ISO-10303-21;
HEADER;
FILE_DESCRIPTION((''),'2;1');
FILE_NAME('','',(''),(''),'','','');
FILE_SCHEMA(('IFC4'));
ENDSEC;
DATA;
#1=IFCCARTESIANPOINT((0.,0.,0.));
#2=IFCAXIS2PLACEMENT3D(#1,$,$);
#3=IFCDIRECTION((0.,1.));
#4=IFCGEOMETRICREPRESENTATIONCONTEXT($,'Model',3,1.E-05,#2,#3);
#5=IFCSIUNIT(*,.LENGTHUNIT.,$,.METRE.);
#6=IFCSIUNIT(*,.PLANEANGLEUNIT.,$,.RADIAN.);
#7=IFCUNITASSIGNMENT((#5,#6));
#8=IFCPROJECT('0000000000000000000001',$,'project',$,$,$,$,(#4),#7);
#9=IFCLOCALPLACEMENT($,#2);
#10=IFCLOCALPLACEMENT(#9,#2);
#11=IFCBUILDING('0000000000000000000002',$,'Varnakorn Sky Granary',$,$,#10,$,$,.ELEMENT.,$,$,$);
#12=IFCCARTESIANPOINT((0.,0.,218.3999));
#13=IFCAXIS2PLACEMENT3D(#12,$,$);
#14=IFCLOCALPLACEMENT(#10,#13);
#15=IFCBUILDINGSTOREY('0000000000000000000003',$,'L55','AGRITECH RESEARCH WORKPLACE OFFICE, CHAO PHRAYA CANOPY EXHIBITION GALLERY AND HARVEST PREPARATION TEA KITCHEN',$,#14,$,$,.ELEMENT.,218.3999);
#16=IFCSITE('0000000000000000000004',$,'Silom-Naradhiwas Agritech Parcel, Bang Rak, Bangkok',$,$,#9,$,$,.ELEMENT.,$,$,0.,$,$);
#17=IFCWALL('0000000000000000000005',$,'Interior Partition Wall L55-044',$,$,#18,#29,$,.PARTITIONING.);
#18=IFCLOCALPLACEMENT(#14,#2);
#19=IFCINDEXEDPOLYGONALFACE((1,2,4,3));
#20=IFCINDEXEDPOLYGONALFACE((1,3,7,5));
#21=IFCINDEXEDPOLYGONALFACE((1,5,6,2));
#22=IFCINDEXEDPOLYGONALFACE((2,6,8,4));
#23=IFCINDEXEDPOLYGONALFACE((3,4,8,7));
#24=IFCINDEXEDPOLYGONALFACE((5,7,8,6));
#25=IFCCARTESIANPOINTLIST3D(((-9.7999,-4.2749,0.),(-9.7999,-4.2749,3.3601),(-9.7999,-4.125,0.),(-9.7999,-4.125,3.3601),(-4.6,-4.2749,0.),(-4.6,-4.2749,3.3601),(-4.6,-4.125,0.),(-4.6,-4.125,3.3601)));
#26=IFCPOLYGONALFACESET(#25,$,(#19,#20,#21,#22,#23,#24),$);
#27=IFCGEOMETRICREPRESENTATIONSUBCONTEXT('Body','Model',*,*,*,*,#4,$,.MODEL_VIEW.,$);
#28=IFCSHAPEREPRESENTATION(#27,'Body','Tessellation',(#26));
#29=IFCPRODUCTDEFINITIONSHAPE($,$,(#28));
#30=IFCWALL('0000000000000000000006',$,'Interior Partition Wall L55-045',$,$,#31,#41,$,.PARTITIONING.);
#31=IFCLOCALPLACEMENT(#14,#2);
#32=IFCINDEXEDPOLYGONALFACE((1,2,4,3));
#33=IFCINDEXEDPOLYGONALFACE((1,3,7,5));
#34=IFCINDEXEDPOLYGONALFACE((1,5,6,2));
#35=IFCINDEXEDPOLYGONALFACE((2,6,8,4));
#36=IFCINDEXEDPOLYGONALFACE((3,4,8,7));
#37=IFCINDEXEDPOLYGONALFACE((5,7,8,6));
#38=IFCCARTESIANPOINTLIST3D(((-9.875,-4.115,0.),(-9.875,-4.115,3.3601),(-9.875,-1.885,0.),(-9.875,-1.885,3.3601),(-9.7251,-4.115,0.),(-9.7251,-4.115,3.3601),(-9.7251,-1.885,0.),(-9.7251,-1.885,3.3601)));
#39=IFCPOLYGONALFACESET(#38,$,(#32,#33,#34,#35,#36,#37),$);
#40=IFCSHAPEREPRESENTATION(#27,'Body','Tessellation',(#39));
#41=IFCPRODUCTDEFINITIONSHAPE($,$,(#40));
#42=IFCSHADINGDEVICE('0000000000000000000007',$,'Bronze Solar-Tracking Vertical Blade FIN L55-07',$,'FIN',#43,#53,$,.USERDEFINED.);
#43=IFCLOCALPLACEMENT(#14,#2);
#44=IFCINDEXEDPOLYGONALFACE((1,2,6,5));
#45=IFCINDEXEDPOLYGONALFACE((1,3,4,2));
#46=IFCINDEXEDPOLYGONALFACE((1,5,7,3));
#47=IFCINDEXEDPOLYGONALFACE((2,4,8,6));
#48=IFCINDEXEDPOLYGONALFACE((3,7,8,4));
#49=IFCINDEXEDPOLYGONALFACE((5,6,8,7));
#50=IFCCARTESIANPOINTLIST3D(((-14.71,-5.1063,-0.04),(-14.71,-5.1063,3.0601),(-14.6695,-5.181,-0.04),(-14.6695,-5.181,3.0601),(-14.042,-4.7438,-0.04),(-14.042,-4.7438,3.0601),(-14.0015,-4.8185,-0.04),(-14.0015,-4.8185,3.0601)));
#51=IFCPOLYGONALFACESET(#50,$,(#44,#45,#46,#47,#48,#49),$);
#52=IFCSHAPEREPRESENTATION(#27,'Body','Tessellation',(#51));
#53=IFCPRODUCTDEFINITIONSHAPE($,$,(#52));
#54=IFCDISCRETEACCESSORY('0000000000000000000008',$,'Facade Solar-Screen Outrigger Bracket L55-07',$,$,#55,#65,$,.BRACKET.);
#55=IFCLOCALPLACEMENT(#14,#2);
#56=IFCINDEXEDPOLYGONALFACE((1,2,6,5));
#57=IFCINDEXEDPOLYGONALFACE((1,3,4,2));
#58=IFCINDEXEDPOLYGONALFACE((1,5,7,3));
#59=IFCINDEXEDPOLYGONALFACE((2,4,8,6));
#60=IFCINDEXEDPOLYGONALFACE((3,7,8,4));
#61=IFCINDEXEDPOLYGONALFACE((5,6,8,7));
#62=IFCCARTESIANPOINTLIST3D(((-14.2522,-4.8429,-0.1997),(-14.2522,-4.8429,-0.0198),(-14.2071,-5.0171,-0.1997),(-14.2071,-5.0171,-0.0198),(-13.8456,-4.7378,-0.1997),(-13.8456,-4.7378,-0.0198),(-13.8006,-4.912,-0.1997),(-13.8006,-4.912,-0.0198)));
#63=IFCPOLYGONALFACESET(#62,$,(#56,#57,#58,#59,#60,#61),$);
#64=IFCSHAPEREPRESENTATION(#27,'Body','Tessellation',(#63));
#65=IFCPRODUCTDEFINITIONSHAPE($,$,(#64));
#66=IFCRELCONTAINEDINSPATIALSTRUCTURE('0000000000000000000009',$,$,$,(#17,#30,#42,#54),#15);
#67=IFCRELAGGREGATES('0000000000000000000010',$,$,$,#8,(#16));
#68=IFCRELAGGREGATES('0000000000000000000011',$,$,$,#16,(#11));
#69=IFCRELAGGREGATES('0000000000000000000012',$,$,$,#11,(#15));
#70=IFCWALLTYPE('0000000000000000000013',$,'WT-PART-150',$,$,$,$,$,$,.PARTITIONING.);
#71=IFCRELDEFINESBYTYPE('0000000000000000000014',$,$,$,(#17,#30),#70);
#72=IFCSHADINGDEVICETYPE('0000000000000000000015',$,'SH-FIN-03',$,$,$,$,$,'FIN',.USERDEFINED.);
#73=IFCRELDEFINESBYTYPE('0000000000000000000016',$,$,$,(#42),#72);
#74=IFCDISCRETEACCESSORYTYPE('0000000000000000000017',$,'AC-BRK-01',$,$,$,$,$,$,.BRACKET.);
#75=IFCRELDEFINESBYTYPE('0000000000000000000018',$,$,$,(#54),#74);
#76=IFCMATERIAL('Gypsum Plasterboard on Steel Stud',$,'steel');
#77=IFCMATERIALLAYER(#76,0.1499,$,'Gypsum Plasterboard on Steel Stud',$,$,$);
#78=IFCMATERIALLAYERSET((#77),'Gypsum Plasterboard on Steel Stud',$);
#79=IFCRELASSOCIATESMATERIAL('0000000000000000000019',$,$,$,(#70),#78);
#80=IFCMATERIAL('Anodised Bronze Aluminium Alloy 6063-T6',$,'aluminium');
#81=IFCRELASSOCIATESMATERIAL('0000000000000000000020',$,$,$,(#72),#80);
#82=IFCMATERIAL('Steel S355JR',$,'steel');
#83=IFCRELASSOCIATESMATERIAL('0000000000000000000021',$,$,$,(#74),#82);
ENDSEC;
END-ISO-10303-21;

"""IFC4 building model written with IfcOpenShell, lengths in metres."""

from ifc_helpers import new_model, si_unit, direction, frame, frame_2d, origin, origin_2d, place, context, subcontext, project, spatial, rectangle, extrude, source, transform, mapped, material, layer, layer_set, type_object, type_shapes, element, save


model = new_model("IFC4")

# Units and contexts
model_context = context("Model", 3, precision=1e-05, world=origin(), true_north=direction((0.0, 1.0)))
body_context = subcontext(model_context, "Body", "Model", "MODEL_VIEW")
ifc_project = project(units=[si_unit("LENGTHUNIT", "METRE"), si_unit("PLANEANGLEUNIT", "RADIAN")], contexts=[model_context])

# Site, building, storey
site_placement = place(None, origin())
site = spatial("IfcSite", under=ifc_project, at=site_placement, Name="Silom-Naradhiwas Agritech Parcel, Bang Rak, Bangkok", CompositionType="ELEMENT", RefElevation=0.0)
building_placement = place(site_placement, origin())
building = spatial("IfcBuilding", under=site, at=building_placement, Name="Varnakorn Sky Granary", CompositionType="ELEMENT")
storey_placement = place(building_placement, frame((0.0, 0.0, 218.3999)))
storey = spatial("IfcBuildingStorey", under=building, at=storey_placement, Name="L55", Description="AGRITECH RESEARCH WORKPLACE OFFICE, CHAO PHRAYA CANOPY EXHIBITION GALLERY AND HARVEST PREPARATION TEA KITCHEN", CompositionType="ELEMENT", Elevation=218.3999)

# Shared definitions
ifc_material_1 = material(Name="Steel S355JR", Category="steel")

# Shared definitions
ifc_material_2 = material(Name="Anodised Bronze Aluminium Alloy 6063-T6", Category="aluminium")

# Walls
ifc_material_3 = material(Name="Gypsum Plasterboard on Steel Stud", Category="steel")
ifc_layer_1 = layer(ifc_material_3, 0.1499, Name="Gypsum Plasterboard on Steel Stud")
ifc_layer_set_1 = layer_set([ifc_layer_1], Name="Gypsum Plasterboard on Steel Stud")
wall_type = type_object("IfcWallType", Name="WT-PART-150", PredefinedType="PARTITIONING", material=ifc_layer_set_1)
wall_1_placement = place(storey_placement, frame((-9.8, -4.2, 0.0), z_axis=(0.0, 0.0, 1.0), x_axis=(1.0, 0.0, 0.0)))
element("IfcWall", 1, at=wall_1_placement, inside=storey, type_object=wall_type, Name="Interior Partition Wall L55-044", PredefinedType="PARTITIONING", context=body_context, shape_type="SweptSolid", body=[
    extrude(rectangle(XDim=5.2, YDim=0.1499, at=frame_2d((2.6001, 0.0))), origin(), (0.0, 0.0, 1.0), 3.3601),
])
wall_2_placement = place(storey_placement, frame((-9.8, -1.885, 0.0), z_axis=(0.0, 0.0, 1.0), x_axis=(0.0, -1.0, 0.0)))
element("IfcWall", 2, at=wall_2_placement, inside=storey, type_object=wall_type, Name="Interior Partition Wall L55-045", PredefinedType="PARTITIONING", context=body_context, shape_type="SweptSolid", body=[
    extrude(rectangle(XDim=2.23, YDim=0.1499, at=frame_2d((1.115, 0.0))), origin(), (0.0, 0.0, 1.0), 3.3601),
])

# Shading device
shading_device_type = type_object("IfcShadingDeviceType", Name="SH-FIN-03", ElementType="FIN", PredefinedType="USERDEFINED", material=ifc_material_2)
shared_shape_1 = source(origin(), body_context, "Body", "SweptSolid", [
    extrude(rectangle(XDim=0.085, YDim=0.76, at=origin_2d()), origin(), (0.0, 0.0, 1.0), 3.1001),
])
type_shapes(shading_device_type, [shared_shape_1])
shading_device_placement = place(storey_placement, frame((-14.3557, -4.9624, -0.04), z_axis=(0.0, 0.0, 1.0), x_axis=(0.476927, -0.878943, 0.0)))
element("IfcShadingDevice", 3, at=shading_device_placement, inside=storey, type_object=shading_device_type, Name="Bronze Solar-Tracking Vertical Blade FIN L55-07", ObjectType="FIN", PredefinedType="USERDEFINED", context=body_context, shape_type="MappedRepresentation", body=[
    mapped(shared_shape_1, transform((0.0, 0.0, 0.0), x_axis=(1.0, 0.0, 0.0), y_axis=(0.0, 1.0, 0.0), z_axis=(0.0, 0.0, 1.0), scale=1.0)),
])

# Discrete accessory
discrete_accessory_type = type_object("IfcDiscreteAccessoryType", Name="AC-BRK-01", PredefinedType="BRACKET", material=ifc_material_1)
shared_shape_2 = source(origin(), body_context, "Body", "SweptSolid", [
    extrude(rectangle(XDim=0.1799, YDim=0.4199, at=origin_2d()), origin(), (0.0, 0.0, 1.0), 0.1799),
])
type_shapes(discrete_accessory_type, [shared_shape_2])
discrete_accessory_placement = place(storey_placement, frame((-14.0264, -4.8774, -0.1997), z_axis=(0.0, 0.0, 1.0), x_axis=(0.250171, -0.968202, 0.0)))
element("IfcDiscreteAccessory", 4, at=discrete_accessory_placement, inside=storey, type_object=discrete_accessory_type, Name="Facade Solar-Screen Outrigger Bracket L55-07", PredefinedType="BRACKET", context=body_context, shape_type="MappedRepresentation", body=[
    mapped(shared_shape_2, transform((0.0, 0.0, 0.0), x_axis=(1.0, 0.0, 0.0), y_axis=(0.0, 1.0, 0.0), z_axis=(0.0, 0.0, 1.0), scale=1.0)),
])

save(model, "model.ifc")
